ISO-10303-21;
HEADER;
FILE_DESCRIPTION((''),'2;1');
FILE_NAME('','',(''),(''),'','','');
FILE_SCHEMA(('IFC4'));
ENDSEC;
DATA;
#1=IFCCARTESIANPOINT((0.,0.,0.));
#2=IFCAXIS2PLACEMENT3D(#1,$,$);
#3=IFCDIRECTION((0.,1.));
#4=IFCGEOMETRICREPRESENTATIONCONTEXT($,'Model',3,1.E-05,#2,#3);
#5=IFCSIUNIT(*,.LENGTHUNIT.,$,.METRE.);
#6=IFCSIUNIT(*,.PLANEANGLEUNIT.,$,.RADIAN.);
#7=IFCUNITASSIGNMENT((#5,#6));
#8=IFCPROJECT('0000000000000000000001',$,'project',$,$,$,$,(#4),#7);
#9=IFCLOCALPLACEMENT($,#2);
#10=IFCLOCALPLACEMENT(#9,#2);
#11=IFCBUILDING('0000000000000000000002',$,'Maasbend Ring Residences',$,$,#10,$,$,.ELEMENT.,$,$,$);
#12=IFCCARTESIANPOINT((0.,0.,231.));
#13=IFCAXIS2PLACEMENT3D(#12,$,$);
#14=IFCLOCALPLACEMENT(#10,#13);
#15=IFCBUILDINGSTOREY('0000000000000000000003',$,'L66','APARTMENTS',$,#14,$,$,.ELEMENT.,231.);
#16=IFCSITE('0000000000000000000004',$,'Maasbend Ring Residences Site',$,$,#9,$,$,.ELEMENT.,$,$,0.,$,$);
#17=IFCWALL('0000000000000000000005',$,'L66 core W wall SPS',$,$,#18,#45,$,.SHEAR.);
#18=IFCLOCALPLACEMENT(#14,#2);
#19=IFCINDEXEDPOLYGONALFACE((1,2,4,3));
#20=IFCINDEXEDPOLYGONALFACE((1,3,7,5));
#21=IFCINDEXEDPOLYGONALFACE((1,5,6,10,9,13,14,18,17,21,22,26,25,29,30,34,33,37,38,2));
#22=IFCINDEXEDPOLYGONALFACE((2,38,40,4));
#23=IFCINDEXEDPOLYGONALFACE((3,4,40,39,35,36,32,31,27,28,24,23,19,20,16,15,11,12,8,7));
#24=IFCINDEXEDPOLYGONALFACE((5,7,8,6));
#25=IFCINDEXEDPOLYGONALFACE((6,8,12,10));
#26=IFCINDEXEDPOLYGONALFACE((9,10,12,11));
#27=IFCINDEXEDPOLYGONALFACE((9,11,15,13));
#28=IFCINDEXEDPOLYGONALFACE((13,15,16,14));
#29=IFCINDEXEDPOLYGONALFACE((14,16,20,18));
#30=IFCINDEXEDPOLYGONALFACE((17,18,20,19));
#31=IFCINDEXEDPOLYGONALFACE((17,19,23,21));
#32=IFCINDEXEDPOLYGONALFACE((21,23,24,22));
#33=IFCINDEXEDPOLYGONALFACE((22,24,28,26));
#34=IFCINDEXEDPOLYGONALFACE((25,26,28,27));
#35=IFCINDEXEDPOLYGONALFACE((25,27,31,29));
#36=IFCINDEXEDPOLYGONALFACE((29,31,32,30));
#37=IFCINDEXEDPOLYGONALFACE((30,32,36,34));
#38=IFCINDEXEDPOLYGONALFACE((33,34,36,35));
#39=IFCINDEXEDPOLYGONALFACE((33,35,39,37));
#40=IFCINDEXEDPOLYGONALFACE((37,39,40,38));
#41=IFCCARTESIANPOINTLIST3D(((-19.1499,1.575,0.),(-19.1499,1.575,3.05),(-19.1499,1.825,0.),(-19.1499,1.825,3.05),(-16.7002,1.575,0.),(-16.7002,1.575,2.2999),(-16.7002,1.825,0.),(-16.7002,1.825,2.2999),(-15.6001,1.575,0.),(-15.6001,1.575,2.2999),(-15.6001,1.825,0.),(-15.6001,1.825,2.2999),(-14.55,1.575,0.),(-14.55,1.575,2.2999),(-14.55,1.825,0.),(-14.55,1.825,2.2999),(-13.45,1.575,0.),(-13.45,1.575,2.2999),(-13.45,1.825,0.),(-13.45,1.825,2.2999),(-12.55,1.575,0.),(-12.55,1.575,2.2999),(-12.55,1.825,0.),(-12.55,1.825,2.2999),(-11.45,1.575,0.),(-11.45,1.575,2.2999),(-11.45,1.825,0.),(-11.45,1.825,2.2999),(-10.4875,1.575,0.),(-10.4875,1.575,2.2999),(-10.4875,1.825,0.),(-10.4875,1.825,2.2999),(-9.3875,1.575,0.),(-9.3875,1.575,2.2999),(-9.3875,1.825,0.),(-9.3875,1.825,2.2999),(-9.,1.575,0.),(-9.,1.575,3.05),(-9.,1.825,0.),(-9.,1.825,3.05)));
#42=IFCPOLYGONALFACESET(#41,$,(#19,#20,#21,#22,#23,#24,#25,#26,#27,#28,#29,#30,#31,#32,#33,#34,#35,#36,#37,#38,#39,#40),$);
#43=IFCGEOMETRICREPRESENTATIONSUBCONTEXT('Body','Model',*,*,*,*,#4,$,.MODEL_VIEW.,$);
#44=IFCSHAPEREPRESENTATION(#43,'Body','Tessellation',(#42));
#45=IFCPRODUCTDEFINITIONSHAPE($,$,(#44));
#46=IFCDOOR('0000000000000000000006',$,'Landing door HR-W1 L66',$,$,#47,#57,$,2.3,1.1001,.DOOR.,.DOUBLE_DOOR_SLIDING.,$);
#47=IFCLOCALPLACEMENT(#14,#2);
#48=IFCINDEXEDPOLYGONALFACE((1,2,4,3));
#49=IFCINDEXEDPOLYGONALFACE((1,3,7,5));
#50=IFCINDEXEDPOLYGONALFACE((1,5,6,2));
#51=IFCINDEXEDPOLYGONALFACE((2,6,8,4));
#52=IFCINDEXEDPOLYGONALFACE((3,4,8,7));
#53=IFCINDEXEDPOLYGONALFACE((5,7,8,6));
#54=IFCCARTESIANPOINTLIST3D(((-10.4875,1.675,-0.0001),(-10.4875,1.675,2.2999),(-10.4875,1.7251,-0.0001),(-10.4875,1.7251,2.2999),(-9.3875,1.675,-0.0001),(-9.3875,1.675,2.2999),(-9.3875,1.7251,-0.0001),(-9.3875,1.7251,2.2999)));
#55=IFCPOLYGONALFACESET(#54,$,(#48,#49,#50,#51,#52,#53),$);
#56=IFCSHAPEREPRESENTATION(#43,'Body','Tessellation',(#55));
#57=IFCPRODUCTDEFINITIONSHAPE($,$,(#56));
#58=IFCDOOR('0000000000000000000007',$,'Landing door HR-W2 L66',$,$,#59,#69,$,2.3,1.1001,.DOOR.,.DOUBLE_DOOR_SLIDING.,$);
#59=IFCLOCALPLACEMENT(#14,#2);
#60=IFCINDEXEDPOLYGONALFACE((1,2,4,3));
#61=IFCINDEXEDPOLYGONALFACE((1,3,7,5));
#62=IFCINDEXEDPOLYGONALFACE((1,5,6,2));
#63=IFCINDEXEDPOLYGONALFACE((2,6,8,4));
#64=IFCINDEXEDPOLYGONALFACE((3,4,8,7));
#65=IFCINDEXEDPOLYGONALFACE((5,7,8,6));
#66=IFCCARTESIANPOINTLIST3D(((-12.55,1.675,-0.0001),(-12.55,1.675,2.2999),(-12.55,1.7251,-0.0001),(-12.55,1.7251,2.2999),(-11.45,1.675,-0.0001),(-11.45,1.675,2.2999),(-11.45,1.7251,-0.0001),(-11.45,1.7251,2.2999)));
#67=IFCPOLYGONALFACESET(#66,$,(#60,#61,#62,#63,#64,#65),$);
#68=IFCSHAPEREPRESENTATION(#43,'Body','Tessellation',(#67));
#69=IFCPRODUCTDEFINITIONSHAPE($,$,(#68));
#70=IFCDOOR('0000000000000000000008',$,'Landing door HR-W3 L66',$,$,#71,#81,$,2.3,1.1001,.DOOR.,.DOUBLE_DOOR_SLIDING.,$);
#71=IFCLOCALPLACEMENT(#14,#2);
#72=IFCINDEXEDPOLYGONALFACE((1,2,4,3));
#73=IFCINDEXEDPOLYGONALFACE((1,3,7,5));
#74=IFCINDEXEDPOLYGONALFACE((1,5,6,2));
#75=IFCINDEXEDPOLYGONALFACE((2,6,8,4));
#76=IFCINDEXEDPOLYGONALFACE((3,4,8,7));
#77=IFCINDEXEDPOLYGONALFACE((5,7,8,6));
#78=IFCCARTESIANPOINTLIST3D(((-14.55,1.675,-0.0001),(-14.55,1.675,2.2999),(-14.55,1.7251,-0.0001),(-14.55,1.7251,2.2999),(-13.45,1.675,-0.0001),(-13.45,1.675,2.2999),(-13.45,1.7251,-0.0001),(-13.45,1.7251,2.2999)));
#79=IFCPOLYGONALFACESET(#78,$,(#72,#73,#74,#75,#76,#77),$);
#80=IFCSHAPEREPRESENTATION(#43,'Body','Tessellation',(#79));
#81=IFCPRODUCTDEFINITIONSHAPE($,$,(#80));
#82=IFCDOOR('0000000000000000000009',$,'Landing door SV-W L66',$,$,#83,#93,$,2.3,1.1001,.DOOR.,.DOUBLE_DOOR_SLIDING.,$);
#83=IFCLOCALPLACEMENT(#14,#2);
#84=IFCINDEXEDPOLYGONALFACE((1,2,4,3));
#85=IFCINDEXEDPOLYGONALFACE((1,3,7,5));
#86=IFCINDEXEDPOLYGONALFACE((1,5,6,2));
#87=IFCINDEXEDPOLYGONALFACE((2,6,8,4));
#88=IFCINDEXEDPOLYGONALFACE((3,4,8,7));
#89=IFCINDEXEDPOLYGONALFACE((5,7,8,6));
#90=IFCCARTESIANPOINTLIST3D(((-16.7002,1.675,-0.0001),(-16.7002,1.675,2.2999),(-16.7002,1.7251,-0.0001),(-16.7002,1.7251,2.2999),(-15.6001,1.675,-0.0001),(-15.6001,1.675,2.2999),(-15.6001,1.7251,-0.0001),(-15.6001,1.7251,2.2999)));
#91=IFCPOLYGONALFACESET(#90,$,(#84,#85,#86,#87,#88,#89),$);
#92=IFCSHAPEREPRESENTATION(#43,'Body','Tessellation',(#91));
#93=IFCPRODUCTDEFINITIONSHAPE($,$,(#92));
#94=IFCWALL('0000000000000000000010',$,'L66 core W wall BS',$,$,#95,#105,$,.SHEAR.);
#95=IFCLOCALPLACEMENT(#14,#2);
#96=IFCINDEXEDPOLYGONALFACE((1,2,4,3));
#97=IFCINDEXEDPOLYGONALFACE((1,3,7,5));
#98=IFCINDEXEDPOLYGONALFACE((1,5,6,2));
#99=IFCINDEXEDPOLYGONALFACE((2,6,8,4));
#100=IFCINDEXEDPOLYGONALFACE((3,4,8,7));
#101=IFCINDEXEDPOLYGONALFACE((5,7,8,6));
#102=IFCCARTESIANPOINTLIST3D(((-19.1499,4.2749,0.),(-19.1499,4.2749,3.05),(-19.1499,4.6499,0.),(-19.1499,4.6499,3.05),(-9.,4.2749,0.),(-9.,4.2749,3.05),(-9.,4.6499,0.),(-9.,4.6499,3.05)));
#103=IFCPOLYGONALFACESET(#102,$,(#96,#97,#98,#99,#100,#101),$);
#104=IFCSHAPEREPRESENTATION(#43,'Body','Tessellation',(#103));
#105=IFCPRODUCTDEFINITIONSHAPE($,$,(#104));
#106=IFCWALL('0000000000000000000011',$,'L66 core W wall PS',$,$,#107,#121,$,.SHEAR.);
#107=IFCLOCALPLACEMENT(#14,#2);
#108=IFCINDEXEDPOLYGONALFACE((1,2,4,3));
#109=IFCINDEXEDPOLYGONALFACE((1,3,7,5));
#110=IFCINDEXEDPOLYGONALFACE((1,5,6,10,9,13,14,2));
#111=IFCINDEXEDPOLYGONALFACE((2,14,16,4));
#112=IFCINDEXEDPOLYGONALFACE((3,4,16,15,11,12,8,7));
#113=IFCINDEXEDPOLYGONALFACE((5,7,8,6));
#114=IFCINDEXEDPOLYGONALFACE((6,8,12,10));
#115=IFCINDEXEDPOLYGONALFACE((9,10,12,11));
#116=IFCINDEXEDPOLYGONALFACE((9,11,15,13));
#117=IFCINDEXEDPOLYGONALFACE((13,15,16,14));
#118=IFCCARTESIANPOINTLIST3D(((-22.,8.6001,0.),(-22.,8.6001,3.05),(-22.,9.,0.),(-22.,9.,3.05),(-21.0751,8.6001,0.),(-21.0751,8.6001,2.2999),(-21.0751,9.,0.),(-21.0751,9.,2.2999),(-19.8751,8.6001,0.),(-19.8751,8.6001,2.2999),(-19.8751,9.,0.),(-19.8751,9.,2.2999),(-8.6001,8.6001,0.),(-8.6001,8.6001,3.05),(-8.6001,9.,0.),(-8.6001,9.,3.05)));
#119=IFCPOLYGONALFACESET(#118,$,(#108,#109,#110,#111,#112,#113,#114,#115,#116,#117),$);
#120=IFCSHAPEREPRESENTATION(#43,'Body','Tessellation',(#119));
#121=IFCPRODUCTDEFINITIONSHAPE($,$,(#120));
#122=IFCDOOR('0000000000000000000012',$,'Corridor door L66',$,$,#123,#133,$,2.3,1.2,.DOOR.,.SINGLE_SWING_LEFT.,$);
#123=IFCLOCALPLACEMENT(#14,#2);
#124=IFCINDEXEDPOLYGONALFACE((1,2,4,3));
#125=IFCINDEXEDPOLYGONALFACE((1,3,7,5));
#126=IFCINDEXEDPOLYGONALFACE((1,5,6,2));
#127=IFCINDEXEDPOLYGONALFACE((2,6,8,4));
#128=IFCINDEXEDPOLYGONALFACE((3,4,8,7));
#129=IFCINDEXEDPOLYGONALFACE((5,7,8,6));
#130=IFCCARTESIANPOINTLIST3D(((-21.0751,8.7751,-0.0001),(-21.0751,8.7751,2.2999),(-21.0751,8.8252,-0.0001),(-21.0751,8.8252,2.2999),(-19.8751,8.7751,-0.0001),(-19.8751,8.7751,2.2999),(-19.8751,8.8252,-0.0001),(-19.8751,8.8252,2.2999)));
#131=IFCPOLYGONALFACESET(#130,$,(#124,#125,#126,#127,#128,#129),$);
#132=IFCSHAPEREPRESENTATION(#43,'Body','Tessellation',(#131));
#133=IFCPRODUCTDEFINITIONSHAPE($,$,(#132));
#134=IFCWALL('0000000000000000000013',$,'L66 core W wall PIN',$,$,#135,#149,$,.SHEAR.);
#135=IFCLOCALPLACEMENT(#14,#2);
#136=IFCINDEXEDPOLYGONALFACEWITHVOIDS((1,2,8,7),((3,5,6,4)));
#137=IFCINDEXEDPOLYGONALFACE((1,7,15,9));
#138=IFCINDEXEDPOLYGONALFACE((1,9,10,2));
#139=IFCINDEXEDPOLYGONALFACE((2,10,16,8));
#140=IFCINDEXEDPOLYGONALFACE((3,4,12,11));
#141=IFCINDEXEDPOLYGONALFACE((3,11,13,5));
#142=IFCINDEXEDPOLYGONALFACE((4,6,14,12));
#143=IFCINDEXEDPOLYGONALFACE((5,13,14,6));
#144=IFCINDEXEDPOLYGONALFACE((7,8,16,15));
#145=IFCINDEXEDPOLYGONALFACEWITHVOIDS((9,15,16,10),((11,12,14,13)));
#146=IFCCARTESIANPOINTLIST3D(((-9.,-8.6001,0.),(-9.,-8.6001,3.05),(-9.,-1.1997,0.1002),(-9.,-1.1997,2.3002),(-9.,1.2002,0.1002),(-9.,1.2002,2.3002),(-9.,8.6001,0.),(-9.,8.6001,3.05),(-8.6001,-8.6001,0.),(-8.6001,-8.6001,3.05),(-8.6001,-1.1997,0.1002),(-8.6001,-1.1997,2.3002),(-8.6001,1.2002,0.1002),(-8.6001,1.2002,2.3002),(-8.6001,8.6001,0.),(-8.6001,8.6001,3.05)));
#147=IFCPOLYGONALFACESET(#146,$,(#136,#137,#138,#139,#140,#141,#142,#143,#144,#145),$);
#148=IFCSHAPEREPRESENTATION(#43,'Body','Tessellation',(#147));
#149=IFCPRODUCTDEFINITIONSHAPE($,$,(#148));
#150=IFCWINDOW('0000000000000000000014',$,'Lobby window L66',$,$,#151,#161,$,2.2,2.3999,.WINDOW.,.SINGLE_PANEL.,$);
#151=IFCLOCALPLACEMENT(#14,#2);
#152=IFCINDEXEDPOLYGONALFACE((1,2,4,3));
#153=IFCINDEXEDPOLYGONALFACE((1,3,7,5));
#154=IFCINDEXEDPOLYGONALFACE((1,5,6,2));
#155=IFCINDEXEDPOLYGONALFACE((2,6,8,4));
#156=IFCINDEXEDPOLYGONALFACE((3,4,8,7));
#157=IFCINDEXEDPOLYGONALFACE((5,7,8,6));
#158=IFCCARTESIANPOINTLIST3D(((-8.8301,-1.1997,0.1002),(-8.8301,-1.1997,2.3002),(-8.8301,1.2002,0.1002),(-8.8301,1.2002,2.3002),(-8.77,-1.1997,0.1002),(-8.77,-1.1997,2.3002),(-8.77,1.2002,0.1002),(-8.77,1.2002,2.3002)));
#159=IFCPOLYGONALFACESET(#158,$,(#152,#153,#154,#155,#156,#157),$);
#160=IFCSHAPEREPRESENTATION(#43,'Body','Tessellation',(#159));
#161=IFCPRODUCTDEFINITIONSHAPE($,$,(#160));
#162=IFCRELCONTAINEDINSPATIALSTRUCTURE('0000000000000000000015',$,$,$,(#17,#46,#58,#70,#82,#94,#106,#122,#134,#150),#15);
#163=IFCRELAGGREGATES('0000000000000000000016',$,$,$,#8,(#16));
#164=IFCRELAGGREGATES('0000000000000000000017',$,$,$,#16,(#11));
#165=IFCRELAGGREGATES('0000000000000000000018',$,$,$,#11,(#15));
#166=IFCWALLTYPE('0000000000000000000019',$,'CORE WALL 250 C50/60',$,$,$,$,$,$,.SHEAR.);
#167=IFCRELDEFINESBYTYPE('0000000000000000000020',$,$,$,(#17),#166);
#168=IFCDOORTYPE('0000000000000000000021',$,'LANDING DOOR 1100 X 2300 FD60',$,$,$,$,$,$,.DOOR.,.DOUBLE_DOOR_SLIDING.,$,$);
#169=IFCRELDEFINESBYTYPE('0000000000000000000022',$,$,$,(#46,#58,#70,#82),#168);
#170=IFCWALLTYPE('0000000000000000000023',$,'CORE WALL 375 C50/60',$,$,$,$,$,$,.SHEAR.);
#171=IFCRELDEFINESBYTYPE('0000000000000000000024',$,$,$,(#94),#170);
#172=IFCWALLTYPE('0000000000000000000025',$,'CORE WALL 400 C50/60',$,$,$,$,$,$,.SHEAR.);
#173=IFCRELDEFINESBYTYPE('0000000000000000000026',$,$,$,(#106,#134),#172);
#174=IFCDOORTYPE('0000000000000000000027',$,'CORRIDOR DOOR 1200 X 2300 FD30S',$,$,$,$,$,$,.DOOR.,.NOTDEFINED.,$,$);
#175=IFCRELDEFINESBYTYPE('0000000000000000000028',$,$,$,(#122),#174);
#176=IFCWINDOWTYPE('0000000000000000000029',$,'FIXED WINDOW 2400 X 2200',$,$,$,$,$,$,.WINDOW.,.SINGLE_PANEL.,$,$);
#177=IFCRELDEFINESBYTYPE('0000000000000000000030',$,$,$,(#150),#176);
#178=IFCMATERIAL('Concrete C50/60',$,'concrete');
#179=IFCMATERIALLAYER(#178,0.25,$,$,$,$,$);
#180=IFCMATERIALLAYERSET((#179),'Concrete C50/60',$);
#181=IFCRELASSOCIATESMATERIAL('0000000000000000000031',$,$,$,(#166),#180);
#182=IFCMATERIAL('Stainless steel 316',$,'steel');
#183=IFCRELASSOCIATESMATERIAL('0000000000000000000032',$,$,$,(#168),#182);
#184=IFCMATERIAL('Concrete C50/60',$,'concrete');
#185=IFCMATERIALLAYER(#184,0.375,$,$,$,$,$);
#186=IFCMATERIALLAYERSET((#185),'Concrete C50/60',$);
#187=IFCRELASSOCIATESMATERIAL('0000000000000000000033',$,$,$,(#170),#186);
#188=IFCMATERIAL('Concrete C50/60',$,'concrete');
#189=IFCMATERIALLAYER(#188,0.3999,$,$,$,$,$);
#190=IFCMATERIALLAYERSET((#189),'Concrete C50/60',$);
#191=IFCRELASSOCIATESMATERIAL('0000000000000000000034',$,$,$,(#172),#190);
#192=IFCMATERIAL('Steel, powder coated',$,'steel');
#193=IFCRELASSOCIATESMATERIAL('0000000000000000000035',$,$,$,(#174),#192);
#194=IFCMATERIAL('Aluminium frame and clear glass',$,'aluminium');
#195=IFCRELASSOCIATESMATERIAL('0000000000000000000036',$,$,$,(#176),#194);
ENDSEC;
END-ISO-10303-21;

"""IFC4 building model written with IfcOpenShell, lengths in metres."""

from ifc_helpers import new_model, si_unit, direction, frame, frame_2d, origin, place, context, subcontext, project, spatial, rectangle, extrude, material, layer, layer_set, type_object, element, fill, save


model = new_model("IFC4")

# Units and contexts
model_context = context("Model", 3, precision=1e-05, world=origin(), true_north=direction((0.0, 1.0)))
body_context = subcontext(model_context, "Body", "Model", "MODEL_VIEW")
ifc_project = project(units=[si_unit("LENGTHUNIT", "METRE"), si_unit("PLANEANGLEUNIT", "RADIAN")], contexts=[model_context])

# Site, building, storey
site_placement = place(None, origin())
site = spatial("IfcSite", under=ifc_project, at=site_placement, Name="Maasbend Ring Residences Site", CompositionType="ELEMENT", RefElevation=0.0)
building_placement = place(site_placement, origin())
building = spatial("IfcBuilding", under=site, at=building_placement, Name="Maasbend Ring Residences", CompositionType="ELEMENT")
storey_placement = place(building_placement, frame((0.0, 0.0, 231.0)))
storey = spatial("IfcBuildingStorey", under=building, at=storey_placement, Name="L66", Description="APARTMENTS", CompositionType="ELEMENT", Elevation=231.0)

# Wall, openings, doors
ifc_material_1 = material(Name="Concrete C50/60", Category="concrete")
ifc_layer_1 = layer(ifc_material_1, 0.25)
ifc_layer_set_1 = layer_set([ifc_layer_1], Name="Concrete C50/60")
wall_type_1 = type_object("IfcWallType", Name="CORE WALL 250 C50/60", PredefinedType="SHEAR", material=ifc_layer_set_1)
wall_1_placement = place(storey_placement, frame((-9.0, 1.7, 0.0), z_axis=(0.0, 0.0, 1.0), x_axis=(-1.0, 0.0, 0.0)))
wall_1 = element("IfcWall", 1, at=wall_1_placement, inside=storey, type_object=wall_type_1, Name="L66 core W wall SPS", PredefinedType="SHEAR", context=body_context, shape_type="SweptSolid", body=[
    extrude(rectangle(XDim=10.1499, YDim=0.25, at=frame_2d((5.075, 0.0))), origin(), (0.0, 0.0, 1.0), 3.05),
])
opening_1_placement = place(wall_1_placement, frame((0.3875, 0.0, 0.0)))
opening_1 = element("IfcOpeningElement", 2, at=opening_1_placement, cuts=wall_1, PredefinedType="OPENING", context=body_context, shape_type="SweptSolid", body=[
    extrude(rectangle(XDim=1.1001, YDim=2.3, at=frame_2d((0.55, 1.1499))), frame((0.0, 0.135, 0.0), z_axis=(0.0, -1.0, 0.0), x_axis=(1.0, 0.0, 0.0)), (0.0, 0.0, 1.0), 0.27),
])
opening_2_placement = place(wall_1_placement, frame((2.45, 0.0, 0.0)))
opening_2 = element("IfcOpeningElement", 3, at=opening_2_placement, cuts=wall_1, PredefinedType="OPENING", context=body_context, shape_type="SweptSolid", body=[
    extrude(rectangle(XDim=1.1001, YDim=2.3, at=frame_2d((0.55, 1.1499))), frame((0.0, 0.135, 0.0), z_axis=(0.0, -1.0, 0.0), x_axis=(1.0, 0.0, 0.0)), (0.0, 0.0, 1.0), 0.27),
])
opening_3_placement = place(wall_1_placement, frame((4.45, 0.0, 0.0)))
opening_3 = element("IfcOpeningElement", 4, at=opening_3_placement, cuts=wall_1, PredefinedType="OPENING", context=body_context, shape_type="SweptSolid", body=[
    extrude(rectangle(XDim=1.1001, YDim=2.3, at=frame_2d((0.55, 1.1499))), frame((0.0, 0.135, 0.0), z_axis=(0.0, -1.0, 0.0), x_axis=(1.0, 0.0, 0.0)), (0.0, 0.0, 1.0), 0.27),
])
opening_4_placement = place(wall_1_placement, frame((6.6001, 0.0, 0.0)))
opening_4 = element("IfcOpeningElement", 5, at=opening_4_placement, cuts=wall_1, PredefinedType="OPENING", context=body_context, shape_type="SweptSolid", body=[
    extrude(rectangle(XDim=1.1001, YDim=2.3, at=frame_2d((0.55, 1.1499))), frame((0.0, 0.135, 0.0), z_axis=(0.0, -1.0, 0.0), x_axis=(1.0, 0.0, 0.0)), (0.0, 0.0, 1.0), 0.27),
])
ifc_material_2 = material(Name="Stainless steel 316", Category="steel")
door_type_1 = type_object("IfcDoorType", Name="LANDING DOOR 1100 X 2300 FD60", OperationType="DOUBLE_DOOR_SLIDING", PredefinedType="DOOR", material=ifc_material_2)
door_1_placement = place(opening_1_placement, origin())
door_1 = element("IfcDoor", 6, at=door_1_placement, inside=storey, type_object=door_type_1, Name="Landing door HR-W1 L66", OperationType="DOUBLE_DOOR_SLIDING", OverallHeight=2.3, OverallWidth=1.1001, PredefinedType="DOOR", context=body_context, shape_type="SweptSolid", body=[
    extrude(rectangle(XDim=1.1001, YDim=2.3, at=frame_2d((0.55, 1.1499))), frame((0.0, 0.0249, 0.0), z_axis=(0.0, -1.0, 0.0), x_axis=(1.0, 0.0, 0.0)), (0.0, 0.0, 1.0), 0.05),
])
fill(opening_1, door_1)
door_2_placement = place(opening_2_placement, origin())
door_2 = element("IfcDoor", 7, at=door_2_placement, inside=storey, type_object=door_type_1, Name="Landing door HR-W2 L66", OperationType="DOUBLE_DOOR_SLIDING", OverallHeight=2.3, OverallWidth=1.1001, PredefinedType="DOOR", context=body_context, shape_type="SweptSolid", body=[
    extrude(rectangle(XDim=1.1001, YDim=2.3, at=frame_2d((0.55, 1.1499))), frame((0.0, 0.0249, 0.0), z_axis=(0.0, -1.0, 0.0), x_axis=(1.0, 0.0, 0.0)), (0.0, 0.0, 1.0), 0.05),
])
fill(opening_2, door_2)
door_3_placement = place(opening_3_placement, origin())
door_3 = element("IfcDoor", 8, at=door_3_placement, inside=storey, type_object=door_type_1, Name="Landing door HR-W3 L66", OperationType="DOUBLE_DOOR_SLIDING", OverallHeight=2.3, OverallWidth=1.1001, PredefinedType="DOOR", context=body_context, shape_type="SweptSolid", body=[
    extrude(rectangle(XDim=1.1001, YDim=2.3, at=frame_2d((0.55, 1.1499))), frame((0.0, 0.0249, 0.0), z_axis=(0.0, -1.0, 0.0), x_axis=(1.0, 0.0, 0.0)), (0.0, 0.0, 1.0), 0.05),
])
fill(opening_3, door_3)
door_4_placement = place(opening_4_placement, origin())
door_4 = element("IfcDoor", 9, at=door_4_placement, inside=storey, type_object=door_type_1, Name="Landing door SV-W L66", OperationType="DOUBLE_DOOR_SLIDING", OverallHeight=2.3, OverallWidth=1.1001, PredefinedType="DOOR", context=body_context, shape_type="SweptSolid", body=[
    extrude(rectangle(XDim=1.1001, YDim=2.3, at=frame_2d((0.55, 1.1499))), frame((0.0, 0.0249, 0.0), z_axis=(0.0, -1.0, 0.0), x_axis=(1.0, 0.0, 0.0)), (0.0, 0.0, 1.0), 0.05),
])
fill(opening_4, door_4)

# Wall
ifc_material_3 = material(Name="Concrete C50/60", Category="concrete")
ifc_layer_2 = layer(ifc_material_3, 0.375)
ifc_layer_set_2 = layer_set([ifc_layer_2], Name="Concrete C50/60")
wall_type_2 = type_object("IfcWallType", Name="CORE WALL 375 C50/60", PredefinedType="SHEAR", material=ifc_layer_set_2)
wall_2_placement = place(storey_placement, frame((-9.0, 4.4624, 0.0), z_axis=(0.0, 0.0, 1.0), x_axis=(-1.0, 0.0, 0.0)))
element("IfcWall", 10, at=wall_2_placement, inside=storey, type_object=wall_type_2, Name="L66 core W wall BS", PredefinedType="SHEAR", context=body_context, shape_type="SweptSolid", body=[
    extrude(rectangle(XDim=10.1499, YDim=0.375, at=frame_2d((5.075, 0.0))), origin(), (0.0, 0.0, 1.0), 3.05),
])

# Wall, opening, door
ifc_material_4 = material(Name="Concrete C50/60", Category="concrete")
ifc_layer_3 = layer(ifc_material_4, 0.3999)
ifc_layer_set_3 = layer_set([ifc_layer_3], Name="Concrete C50/60")
wall_type_3 = type_object("IfcWallType", Name="CORE WALL 400 C50/60", PredefinedType="SHEAR", material=ifc_layer_set_3)
wall_3_placement = place(storey_placement, frame((-8.6001, 8.8, 0.0), z_axis=(0.0, 0.0, 1.0), x_axis=(-1.0, 0.0, 0.0)))
wall_3 = element("IfcWall", 11, at=wall_3_placement, inside=storey, type_object=wall_type_3, Name="L66 core W wall PS", PredefinedType="SHEAR", context=body_context, shape_type="SweptSolid", body=[
    extrude(rectangle(XDim=13.3999, YDim=0.3999, at=frame_2d((6.7, 0.0))), origin(), (0.0, 0.0, 1.0), 3.05),
])
opening_5_placement = place(wall_3_placement, frame((11.2749, 0.0, 0.0)))
opening_5 = element("IfcOpeningElement", 12, at=opening_5_placement, cuts=wall_3, PredefinedType="OPENING", context=body_context, shape_type="SweptSolid", body=[
    extrude(rectangle(XDim=1.2, YDim=2.3, at=frame_2d((0.6001, 1.1499))), frame((0.0, 0.21, 0.0), z_axis=(0.0, -1.0, 0.0), x_axis=(1.0, 0.0, 0.0)), (0.0, 0.0, 1.0), 0.4199),
])
ifc_material_5 = material(Name="Steel, powder coated", Category="steel")
door_type_2 = type_object("IfcDoorType", Name="CORRIDOR DOOR 1200 X 2300 FD30S", OperationType="NOTDEFINED", PredefinedType="DOOR", material=ifc_material_5)
door_5_placement = place(opening_5_placement, origin())
door_5 = element("IfcDoor", 13, at=door_5_placement, inside=storey, type_object=door_type_2, Name="Corridor door L66", OperationType="SINGLE_SWING_LEFT", OverallHeight=2.3, OverallWidth=1.2, PredefinedType="DOOR", context=body_context, shape_type="SweptSolid", body=[
    extrude(rectangle(XDim=1.2, YDim=2.3, at=frame_2d((0.6001, 1.1499))), frame((0.0, 0.0249, 0.0), z_axis=(0.0, -1.0, 0.0), x_axis=(1.0, 0.0, 0.0)), (0.0, 0.0, 1.0), 0.05),
])
fill(opening_5, door_5)

# Wall, opening, window
wall_4_placement = place(storey_placement, frame((-8.8, 8.6001, 0.0), z_axis=(0.0, 0.0, 1.0), x_axis=(0.0, -1.0, 0.0)))
wall_4 = element("IfcWall", 14, at=wall_4_placement, inside=storey, type_object=wall_type_3, Name="L66 core W wall PIN", PredefinedType="SHEAR", context=body_context, shape_type="SweptSolid", body=[
    extrude(rectangle(XDim=17.2002, YDim=0.3999, at=frame_2d((8.6001, 0.0))), origin(), (0.0, 0.0, 1.0), 3.05),
])
opening_6_placement = place(wall_4_placement, frame((7.3999, 0.0, 0.1001)))
opening_6 = element("IfcOpeningElement", 15, at=opening_6_placement, cuts=wall_4, PredefinedType="OPENING", context=body_context, shape_type="SweptSolid", body=[
    extrude(rectangle(XDim=2.3999, YDim=2.2, at=frame_2d((1.2, 1.1001))), frame((0.0, 0.21, 0.0), z_axis=(0.0, -1.0, 0.0), x_axis=(1.0, 0.0, 0.0)), (0.0, 0.0, 1.0), 0.4199),
])
ifc_material_6 = material(Name="Aluminium frame and clear glass", Category="aluminium")
window_type = type_object("IfcWindowType", Name="FIXED WINDOW 2400 X 2200", PartitioningType="SINGLE_PANEL", PredefinedType="WINDOW", material=ifc_material_6)
window_placement = place(opening_6_placement, origin())
window = element("IfcWindow", 16, at=window_placement, inside=storey, type_object=window_type, Name="Lobby window L66", OverallHeight=2.2, OverallWidth=2.3999, PartitioningType="SINGLE_PANEL", PredefinedType="WINDOW", context=body_context, shape_type="SweptSolid", body=[
    extrude(rectangle(XDim=2.3999, YDim=2.2, at=frame_2d((1.2, 1.1001))), frame((0.0, 0.03, 0.0), z_axis=(0.0, -1.0, 0.0), x_axis=(1.0, 0.0, 0.0)), (0.0, 0.0, 1.0), 0.0601),
])
fill(opening_6, window)

save(model, "model.ifc")
